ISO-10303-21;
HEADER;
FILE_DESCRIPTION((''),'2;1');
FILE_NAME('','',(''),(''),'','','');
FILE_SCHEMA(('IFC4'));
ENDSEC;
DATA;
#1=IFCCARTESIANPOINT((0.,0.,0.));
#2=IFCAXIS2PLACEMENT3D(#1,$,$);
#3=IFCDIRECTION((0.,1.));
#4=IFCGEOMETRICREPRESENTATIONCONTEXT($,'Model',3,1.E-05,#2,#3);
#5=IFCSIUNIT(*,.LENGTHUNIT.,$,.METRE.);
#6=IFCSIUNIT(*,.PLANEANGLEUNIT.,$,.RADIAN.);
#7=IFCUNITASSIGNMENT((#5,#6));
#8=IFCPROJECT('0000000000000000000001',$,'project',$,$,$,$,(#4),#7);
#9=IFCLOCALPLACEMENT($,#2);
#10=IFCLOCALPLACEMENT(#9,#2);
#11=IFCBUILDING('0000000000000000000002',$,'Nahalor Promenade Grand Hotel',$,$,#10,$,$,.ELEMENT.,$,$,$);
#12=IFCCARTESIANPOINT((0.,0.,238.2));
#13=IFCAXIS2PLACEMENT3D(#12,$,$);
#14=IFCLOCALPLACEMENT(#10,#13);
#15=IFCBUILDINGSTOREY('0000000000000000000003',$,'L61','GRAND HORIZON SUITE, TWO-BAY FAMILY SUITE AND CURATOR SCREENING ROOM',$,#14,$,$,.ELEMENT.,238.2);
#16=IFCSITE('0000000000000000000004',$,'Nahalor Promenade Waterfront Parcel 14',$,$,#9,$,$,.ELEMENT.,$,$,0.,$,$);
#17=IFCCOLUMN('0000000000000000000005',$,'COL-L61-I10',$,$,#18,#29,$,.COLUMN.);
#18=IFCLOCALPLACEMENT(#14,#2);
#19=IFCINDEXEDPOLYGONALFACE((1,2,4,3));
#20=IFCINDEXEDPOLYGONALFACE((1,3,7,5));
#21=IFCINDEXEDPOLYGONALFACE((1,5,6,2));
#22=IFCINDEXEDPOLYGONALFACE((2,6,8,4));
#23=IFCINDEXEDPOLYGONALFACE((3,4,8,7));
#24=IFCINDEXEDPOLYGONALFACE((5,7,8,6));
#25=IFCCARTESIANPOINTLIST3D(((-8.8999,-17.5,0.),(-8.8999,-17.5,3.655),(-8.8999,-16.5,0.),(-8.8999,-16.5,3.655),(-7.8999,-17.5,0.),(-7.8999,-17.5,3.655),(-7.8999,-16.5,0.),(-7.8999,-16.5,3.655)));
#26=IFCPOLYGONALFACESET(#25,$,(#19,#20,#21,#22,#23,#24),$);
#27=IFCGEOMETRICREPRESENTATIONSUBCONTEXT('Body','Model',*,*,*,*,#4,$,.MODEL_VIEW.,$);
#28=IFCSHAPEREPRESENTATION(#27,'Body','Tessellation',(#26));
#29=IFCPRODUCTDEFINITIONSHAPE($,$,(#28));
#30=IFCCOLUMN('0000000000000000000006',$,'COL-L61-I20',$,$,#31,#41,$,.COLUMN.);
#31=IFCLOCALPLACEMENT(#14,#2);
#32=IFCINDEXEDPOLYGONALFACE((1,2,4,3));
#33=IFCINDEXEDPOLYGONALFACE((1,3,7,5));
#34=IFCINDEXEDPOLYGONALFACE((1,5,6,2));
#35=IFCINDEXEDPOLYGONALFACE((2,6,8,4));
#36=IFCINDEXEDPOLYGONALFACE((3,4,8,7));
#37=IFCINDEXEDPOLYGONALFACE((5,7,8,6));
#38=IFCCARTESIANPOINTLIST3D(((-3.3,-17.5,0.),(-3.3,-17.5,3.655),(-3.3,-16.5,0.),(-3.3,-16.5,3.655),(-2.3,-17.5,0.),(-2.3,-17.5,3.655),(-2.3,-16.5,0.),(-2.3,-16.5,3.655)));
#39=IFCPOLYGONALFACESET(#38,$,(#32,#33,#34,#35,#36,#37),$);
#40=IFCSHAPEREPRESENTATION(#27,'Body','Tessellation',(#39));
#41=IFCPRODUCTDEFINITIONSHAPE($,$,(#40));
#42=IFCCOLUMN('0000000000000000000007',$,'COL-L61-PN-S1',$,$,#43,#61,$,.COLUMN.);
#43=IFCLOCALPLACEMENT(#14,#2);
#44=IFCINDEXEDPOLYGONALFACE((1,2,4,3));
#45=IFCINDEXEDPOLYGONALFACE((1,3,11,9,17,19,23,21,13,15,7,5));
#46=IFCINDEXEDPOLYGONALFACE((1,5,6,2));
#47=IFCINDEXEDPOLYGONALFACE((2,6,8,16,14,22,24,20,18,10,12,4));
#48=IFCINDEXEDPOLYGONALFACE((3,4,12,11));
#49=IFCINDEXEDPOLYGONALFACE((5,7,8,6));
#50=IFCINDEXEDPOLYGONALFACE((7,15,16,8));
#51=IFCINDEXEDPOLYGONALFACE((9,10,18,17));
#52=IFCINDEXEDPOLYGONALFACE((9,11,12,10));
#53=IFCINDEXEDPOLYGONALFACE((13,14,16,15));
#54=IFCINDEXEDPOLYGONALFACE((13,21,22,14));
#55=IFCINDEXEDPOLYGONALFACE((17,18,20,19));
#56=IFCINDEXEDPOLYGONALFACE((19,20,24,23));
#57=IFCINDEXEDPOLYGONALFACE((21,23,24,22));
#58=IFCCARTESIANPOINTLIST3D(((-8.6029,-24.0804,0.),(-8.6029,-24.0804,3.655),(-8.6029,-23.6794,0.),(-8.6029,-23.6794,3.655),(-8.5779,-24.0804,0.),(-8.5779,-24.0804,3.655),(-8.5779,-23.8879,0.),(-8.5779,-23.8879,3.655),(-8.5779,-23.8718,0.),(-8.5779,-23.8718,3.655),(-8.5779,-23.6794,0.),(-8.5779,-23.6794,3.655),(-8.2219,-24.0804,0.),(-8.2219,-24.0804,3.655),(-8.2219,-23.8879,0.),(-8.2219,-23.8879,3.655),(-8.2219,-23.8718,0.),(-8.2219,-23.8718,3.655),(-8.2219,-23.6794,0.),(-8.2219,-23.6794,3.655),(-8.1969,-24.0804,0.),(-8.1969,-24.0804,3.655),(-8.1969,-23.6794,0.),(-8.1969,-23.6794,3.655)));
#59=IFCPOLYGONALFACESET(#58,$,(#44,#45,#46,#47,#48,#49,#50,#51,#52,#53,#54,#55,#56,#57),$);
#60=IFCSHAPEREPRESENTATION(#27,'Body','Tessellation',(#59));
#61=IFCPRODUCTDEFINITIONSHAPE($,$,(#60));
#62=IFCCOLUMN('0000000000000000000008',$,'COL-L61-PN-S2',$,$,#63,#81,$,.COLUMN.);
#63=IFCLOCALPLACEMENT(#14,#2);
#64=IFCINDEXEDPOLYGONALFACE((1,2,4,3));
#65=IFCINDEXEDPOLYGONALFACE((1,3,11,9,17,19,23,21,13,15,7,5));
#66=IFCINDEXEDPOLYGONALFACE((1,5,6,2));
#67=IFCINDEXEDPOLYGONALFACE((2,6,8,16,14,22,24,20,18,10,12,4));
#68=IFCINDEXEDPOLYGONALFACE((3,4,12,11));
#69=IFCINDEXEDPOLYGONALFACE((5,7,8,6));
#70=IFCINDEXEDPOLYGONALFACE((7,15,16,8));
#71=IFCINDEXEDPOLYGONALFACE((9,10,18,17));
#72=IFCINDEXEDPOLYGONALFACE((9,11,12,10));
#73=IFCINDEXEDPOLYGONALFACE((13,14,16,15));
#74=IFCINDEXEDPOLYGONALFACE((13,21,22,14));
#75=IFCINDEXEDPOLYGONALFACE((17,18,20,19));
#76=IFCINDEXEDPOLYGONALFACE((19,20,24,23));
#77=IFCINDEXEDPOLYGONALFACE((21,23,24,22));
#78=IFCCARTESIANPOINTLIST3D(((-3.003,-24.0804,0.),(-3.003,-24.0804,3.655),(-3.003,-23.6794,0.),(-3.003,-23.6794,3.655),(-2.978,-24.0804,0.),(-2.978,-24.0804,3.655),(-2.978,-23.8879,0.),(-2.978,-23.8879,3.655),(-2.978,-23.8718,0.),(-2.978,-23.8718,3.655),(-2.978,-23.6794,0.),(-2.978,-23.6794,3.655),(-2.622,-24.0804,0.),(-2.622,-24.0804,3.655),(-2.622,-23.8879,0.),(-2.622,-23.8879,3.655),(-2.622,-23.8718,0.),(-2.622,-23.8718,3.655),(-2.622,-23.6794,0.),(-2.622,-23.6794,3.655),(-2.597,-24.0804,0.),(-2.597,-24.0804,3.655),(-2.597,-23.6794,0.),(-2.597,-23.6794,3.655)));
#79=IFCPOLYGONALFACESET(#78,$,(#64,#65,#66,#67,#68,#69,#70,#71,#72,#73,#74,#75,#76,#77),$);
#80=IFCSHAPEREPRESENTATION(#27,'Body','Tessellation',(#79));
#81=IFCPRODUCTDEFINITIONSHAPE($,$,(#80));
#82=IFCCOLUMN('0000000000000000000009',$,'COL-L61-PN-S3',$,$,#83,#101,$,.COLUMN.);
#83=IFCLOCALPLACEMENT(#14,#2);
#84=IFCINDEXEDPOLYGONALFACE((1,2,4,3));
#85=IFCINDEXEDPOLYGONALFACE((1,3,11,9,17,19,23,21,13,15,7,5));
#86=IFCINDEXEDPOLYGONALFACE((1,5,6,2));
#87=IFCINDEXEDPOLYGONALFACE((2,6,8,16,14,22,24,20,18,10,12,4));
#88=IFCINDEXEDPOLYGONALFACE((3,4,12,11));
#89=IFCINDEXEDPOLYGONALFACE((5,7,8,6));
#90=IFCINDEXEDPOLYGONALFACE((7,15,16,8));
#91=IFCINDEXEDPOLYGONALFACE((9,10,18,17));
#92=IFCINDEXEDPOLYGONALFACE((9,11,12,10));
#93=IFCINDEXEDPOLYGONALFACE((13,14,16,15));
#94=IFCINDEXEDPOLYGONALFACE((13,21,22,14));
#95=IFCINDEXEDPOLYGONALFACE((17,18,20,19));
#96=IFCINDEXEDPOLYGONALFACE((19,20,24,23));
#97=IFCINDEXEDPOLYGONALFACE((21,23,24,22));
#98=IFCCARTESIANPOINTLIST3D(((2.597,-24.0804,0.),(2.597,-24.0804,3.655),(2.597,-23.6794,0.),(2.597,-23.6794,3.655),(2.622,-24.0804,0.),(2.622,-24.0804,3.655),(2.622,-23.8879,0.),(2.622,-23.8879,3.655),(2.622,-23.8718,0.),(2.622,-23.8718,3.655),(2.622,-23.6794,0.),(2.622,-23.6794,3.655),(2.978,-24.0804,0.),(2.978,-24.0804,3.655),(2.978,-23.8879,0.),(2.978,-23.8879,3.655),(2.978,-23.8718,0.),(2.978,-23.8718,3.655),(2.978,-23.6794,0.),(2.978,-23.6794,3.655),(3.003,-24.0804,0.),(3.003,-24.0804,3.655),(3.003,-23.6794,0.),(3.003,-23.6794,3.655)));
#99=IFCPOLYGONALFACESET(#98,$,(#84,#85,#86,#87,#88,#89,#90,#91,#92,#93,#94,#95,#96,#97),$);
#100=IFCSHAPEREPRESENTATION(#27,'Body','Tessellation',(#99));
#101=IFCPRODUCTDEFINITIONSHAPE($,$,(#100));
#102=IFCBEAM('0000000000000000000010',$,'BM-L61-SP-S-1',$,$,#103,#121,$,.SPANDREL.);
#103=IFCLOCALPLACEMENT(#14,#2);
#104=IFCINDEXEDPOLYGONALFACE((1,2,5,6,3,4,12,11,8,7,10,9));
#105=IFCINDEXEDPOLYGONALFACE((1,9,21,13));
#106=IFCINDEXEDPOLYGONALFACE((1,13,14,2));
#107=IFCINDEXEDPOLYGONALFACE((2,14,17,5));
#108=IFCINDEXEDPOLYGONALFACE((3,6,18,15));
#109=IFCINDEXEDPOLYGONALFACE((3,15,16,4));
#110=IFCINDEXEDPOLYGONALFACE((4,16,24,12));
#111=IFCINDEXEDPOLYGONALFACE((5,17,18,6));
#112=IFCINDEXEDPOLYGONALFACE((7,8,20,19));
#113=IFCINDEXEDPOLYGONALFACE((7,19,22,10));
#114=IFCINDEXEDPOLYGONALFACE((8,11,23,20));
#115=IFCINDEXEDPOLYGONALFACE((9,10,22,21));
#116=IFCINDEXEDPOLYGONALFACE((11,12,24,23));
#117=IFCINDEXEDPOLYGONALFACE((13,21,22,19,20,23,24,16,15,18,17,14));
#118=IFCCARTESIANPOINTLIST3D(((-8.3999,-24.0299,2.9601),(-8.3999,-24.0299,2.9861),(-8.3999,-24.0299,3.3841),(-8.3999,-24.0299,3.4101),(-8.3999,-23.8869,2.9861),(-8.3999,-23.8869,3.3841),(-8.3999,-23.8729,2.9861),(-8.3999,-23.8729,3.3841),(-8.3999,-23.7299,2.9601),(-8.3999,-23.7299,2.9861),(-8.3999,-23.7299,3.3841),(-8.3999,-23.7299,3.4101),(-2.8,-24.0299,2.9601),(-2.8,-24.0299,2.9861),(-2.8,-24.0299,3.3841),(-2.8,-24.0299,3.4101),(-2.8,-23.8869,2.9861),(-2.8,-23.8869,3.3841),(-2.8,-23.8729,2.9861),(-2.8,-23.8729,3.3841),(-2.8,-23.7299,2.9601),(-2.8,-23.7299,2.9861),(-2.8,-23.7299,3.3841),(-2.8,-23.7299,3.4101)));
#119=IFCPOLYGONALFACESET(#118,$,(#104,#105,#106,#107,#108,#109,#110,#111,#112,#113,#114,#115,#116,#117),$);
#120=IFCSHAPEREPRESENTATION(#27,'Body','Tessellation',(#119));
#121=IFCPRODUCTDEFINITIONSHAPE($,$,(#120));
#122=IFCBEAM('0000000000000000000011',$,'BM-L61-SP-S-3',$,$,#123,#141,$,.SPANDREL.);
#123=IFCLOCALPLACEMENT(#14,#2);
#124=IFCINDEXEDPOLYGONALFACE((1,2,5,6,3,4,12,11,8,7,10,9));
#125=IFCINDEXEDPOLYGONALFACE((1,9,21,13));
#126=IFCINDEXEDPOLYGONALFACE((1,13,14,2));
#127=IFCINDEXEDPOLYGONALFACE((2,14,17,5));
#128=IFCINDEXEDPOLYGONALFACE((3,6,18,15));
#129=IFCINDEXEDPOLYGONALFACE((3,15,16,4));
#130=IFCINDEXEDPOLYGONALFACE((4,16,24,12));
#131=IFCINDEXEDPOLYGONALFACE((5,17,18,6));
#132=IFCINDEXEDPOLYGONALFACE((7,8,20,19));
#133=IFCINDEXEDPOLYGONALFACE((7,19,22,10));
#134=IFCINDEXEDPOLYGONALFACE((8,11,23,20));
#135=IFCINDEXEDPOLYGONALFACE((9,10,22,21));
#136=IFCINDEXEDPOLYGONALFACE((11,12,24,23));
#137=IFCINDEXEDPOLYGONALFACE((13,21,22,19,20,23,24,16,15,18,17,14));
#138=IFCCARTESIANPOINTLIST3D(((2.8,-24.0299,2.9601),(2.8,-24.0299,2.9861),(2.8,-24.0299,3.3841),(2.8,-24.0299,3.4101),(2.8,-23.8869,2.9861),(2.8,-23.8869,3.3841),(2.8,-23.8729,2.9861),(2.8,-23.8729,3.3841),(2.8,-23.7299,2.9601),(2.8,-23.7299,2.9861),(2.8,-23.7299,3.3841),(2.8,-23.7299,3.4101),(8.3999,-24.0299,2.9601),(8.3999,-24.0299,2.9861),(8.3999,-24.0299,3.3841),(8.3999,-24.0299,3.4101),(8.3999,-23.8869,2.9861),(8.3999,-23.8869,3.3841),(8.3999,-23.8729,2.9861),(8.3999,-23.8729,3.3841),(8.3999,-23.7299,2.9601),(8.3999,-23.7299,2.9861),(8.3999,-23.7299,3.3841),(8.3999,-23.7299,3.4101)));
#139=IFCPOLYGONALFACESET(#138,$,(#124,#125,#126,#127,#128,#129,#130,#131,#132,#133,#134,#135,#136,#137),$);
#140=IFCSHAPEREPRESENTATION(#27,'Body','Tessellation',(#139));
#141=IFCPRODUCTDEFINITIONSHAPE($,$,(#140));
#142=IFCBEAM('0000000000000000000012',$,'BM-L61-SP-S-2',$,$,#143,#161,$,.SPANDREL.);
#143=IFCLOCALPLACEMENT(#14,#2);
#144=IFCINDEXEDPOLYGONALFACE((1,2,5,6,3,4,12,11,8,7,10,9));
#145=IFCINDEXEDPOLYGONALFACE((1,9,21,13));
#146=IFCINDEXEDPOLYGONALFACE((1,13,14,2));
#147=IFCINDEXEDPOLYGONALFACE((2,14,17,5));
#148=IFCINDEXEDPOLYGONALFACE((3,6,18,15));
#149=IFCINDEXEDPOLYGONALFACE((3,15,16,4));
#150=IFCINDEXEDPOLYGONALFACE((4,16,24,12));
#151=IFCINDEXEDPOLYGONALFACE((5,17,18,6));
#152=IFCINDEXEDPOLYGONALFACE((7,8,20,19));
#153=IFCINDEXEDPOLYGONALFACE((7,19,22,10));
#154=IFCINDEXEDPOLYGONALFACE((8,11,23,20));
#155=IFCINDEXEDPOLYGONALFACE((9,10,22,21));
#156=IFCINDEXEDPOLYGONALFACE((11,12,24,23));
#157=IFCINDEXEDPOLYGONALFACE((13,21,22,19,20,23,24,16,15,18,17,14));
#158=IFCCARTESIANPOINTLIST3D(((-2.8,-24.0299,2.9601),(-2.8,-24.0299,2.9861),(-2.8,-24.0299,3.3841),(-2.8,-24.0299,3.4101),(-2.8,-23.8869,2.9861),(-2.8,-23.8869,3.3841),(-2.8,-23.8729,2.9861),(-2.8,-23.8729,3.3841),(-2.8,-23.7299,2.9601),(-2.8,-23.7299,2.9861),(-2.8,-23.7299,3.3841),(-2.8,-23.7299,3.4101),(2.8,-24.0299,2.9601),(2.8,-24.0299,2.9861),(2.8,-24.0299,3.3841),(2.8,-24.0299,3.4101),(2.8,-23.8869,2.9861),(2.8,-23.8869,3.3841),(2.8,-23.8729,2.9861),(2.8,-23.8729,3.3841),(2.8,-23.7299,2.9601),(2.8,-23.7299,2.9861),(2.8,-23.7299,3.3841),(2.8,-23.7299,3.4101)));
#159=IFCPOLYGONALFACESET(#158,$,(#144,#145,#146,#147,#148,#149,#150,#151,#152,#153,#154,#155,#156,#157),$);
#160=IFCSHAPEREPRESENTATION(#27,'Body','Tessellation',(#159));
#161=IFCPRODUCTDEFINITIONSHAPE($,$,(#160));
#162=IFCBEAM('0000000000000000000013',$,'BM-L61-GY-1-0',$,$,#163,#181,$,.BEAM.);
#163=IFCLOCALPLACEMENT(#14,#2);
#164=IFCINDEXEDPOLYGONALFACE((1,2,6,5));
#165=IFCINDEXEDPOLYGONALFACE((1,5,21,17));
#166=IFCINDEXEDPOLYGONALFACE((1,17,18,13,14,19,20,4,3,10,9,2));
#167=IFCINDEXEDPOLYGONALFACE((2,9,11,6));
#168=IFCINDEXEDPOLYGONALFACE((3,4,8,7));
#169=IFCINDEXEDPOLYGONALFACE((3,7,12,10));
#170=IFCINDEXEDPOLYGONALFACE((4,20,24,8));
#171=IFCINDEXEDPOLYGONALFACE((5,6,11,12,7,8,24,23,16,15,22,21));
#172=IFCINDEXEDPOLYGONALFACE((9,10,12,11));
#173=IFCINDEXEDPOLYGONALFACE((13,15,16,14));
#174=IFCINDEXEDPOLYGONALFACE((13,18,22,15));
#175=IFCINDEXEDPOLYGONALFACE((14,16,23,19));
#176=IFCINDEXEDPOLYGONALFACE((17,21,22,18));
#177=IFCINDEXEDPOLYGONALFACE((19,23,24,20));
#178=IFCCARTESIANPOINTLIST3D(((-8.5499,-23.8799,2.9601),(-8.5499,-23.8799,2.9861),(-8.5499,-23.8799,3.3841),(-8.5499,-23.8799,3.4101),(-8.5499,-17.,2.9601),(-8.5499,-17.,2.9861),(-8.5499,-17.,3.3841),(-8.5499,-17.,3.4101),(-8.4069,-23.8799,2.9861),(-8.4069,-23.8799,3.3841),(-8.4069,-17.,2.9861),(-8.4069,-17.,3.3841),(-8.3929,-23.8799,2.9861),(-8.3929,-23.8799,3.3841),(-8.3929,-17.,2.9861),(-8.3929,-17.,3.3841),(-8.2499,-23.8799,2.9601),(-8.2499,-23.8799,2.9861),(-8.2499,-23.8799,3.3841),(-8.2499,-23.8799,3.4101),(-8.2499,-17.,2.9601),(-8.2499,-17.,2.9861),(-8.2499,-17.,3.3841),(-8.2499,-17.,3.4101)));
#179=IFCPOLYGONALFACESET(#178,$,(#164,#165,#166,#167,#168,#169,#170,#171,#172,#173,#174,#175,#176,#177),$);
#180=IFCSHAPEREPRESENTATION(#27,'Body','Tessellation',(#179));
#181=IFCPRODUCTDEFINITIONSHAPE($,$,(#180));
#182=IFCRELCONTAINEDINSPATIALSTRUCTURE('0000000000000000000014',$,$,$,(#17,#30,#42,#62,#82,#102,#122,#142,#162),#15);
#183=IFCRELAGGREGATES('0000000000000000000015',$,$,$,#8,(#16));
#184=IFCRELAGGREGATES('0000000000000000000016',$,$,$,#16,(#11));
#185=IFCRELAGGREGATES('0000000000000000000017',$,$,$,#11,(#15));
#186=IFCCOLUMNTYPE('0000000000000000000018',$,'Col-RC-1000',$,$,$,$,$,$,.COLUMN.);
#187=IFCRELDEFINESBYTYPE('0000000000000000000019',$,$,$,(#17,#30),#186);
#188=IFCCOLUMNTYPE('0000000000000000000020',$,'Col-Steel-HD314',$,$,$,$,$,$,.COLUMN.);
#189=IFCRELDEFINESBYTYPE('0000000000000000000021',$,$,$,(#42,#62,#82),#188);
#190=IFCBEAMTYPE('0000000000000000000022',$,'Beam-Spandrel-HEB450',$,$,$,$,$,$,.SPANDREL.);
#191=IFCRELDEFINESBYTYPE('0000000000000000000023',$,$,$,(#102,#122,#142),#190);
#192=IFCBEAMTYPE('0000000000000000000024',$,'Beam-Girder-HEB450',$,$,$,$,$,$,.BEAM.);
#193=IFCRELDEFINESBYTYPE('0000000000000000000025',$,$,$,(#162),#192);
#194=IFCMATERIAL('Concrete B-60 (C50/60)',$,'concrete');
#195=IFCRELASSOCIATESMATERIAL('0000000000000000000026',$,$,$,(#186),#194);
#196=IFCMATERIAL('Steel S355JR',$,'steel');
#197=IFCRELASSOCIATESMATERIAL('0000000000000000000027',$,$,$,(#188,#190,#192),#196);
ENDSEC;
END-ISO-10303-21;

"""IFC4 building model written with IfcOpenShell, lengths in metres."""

from ifc_helpers import new_model, si_unit, direction, frame, origin, origin_2d, place, context, subcontext, project, spatial, rectangle, i_section, extrude, source, transform, mapped, material, material_profile, profile_set, type_object, element, save


model = new_model("IFC4")

# Units and contexts
model_context = context("Model", 3, precision=1e-05, world=origin(), true_north=direction((0.0, 1.0)))
body_context = subcontext(model_context, "Body", "Model", "MODEL_VIEW")
ifc_project = project(units=[si_unit("LENGTHUNIT", "METRE"), si_unit("PLANEANGLEUNIT", "RADIAN")], contexts=[model_context])

# Site, building, storey
site_placement = place(None, origin())
site = spatial("IfcSite", under=ifc_project, at=site_placement, Name="Nahalor Promenade Waterfront Parcel 14", CompositionType="ELEMENT", RefElevation=0.0)
building_placement = place(site_placement, origin())
building = spatial("IfcBuilding", under=site, at=building_placement, Name="Nahalor Promenade Grand Hotel", CompositionType="ELEMENT")
storey_placement = place(building_placement, frame((0.0, 0.0, 238.2)))
storey = spatial("IfcBuildingStorey", under=building, at=storey_placement, Name="L61", Description="GRAND HORIZON SUITE, TWO-BAY FAMILY SUITE AND CURATOR SCREENING ROOM", CompositionType="ELEMENT", Elevation=238.2)

# Columns
ifc_material_1 = material(Name="Concrete B-60 (C50/60)", Category="concrete")
ifc_material_profile_1 = material_profile(ifc_material_1, rectangle(XDim=1.0, YDim=1.0, at=origin_2d()), Name="RC 1000x1000")
ifc_profile_set_1 = profile_set([ifc_material_profile_1], Name="Concrete B-60 (C50/60)")
column_type_1 = type_object("IfcColumnType", Name="Col-RC-1000", PredefinedType="COLUMN", material=ifc_profile_set_1)
shared_shape_1 = source(origin(), body_context, "Body", "SweptSolid", [
    extrude(rectangle(XDim=1.0, YDim=1.0, at=origin_2d()), origin(), (0.0, 0.0, 1.0), 3.655),
])
for number, where, z_axis, x_axis, name in (
    (1, (-8.3999, -17.0, 0.0), (0.0, 0.0, 1.0), (1.0, 0.0, 0.0), "COL-L61-I10"),
    (2, (-2.8, -17.0, 0.0), (0.0, 0.0, 1.0), (1.0, 0.0, 0.0), "COL-L61-I20"),
):
    element("IfcColumn", number, at=place(storey_placement, frame(where, z_axis=z_axis, x_axis=x_axis)), inside=storey, type_object=column_type_1, Name=name, PredefinedType="COLUMN", context=body_context, shape_type="MappedRepresentation", body=[
        mapped(shared_shape_1, transform((0.0, 0.0, 0.0), scale=1.0)),
    ])
ifc_material_2 = material(Name="Steel S355JR", Category="steel")
ifc_material_profile_2 = material_profile(ifc_material_2, i_section(OverallWidth=0.401, OverallDepth=0.406, WebThickness=0.0161, FlangeThickness=0.025, at=origin_2d()), Name="HD 400x314")
ifc_profile_set_2 = profile_set([ifc_material_profile_2], Name="Steel S355JR")
column_type_2 = type_object("IfcColumnType", Name="Col-Steel-HD314", PredefinedType="COLUMN", material=ifc_profile_set_2)
shared_shape_2 = source(origin(), body_context, "Body", "SweptSolid", [
    extrude(i_section(OverallWidth=0.401, OverallDepth=0.406, WebThickness=0.0161, FlangeThickness=0.025, at=origin_2d()), origin(), (0.0, 0.0, 1.0), 3.655),
])
for number, where, z_axis, x_axis, name in (
    (3, (-8.3999, -23.8799, 0.0), (0.0, 0.0, 1.0), (0.0, 1.0, 0.0), "COL-L61-PN-S1"),
    (4, (-2.8, -23.8799, 0.0), (0.0, 0.0, 1.0), (0.0, 1.0, 0.0), "COL-L61-PN-S2"),
    (5, (2.8, -23.8799, 0.0), (0.0, 0.0, 1.0), (0.0, 1.0, 0.0), "COL-L61-PN-S3"),
):
    element("IfcColumn", number, at=place(storey_placement, frame(where, z_axis=z_axis, x_axis=x_axis)), inside=storey, type_object=column_type_2, Name=name, PredefinedType="COLUMN", context=body_context, shape_type="MappedRepresentation", body=[
        mapped(shared_shape_2, transform((0.0, 0.0, 0.0), scale=1.0)),
    ])

# Beams
ifc_material_profile_3 = material_profile(ifc_material_2, i_section(OverallWidth=0.3, OverallDepth=0.45, WebThickness=0.014, FlangeThickness=0.026, at=origin_2d()), Name="HEB 450")
ifc_profile_set_3 = profile_set([ifc_material_profile_3], Name="Steel S355JR")
beam_type_1 = type_object("IfcBeamType", Name="Beam-Spandrel-HEB450", PredefinedType="SPANDREL", material=ifc_profile_set_3)
shared_shape_3 = source(origin(), body_context, "Body", "SweptSolid", [
    extrude(i_section(OverallWidth=0.3, OverallDepth=0.45, WebThickness=0.014, FlangeThickness=0.026, at=origin_2d()), origin(), (0.0, 0.0, 1.0), 5.5999),
])
for number, where, z_axis, x_axis, name in (
    (6, (-8.3999, -23.8799, 3.1851), (1.0, 0.0, 0.0), (0.0, 1.0, 0.0), "BM-L61-SP-S-1"),
    (7, (2.8, -23.8799, 3.1851), (1.0, 0.0, 0.0), (0.0, 1.0, 0.0), "BM-L61-SP-S-3"),
):
    element("IfcBeam", number, at=place(storey_placement, frame(where, z_axis=z_axis, x_axis=x_axis)), inside=storey, type_object=beam_type_1, Name=name, PredefinedType="SPANDREL", context=body_context, shape_type="MappedRepresentation", body=[
        mapped(shared_shape_3, transform((0.0, 0.0, 0.0), scale=1.0)),
    ])
shared_shape_4 = source(origin(), body_context, "Body", "SweptSolid", [
    extrude(i_section(OverallWidth=0.3, OverallDepth=0.45, WebThickness=0.014, FlangeThickness=0.026, at=origin_2d()), origin(), (0.0, 0.0, 1.0), 5.6001),
])
beam_1_placement = place(storey_placement, frame((-2.8, -23.8799, 3.1851), z_axis=(1.0, 0.0, 0.0), x_axis=(0.0, 1.0, 0.0)))
element("IfcBeam", 8, at=beam_1_placement, inside=storey, type_object=beam_type_1, Name="BM-L61-SP-S-2", PredefinedType="SPANDREL", context=body_context, shape_type="MappedRepresentation", body=[
    mapped(shared_shape_4, transform((0.0, 0.0, 0.0), scale=1.0)),
])
ifc_material_profile_4 = material_profile(ifc_material_2, i_section(OverallWidth=0.3, OverallDepth=0.45, WebThickness=0.014, FlangeThickness=0.026, at=origin_2d()), Name="HEB 450")
ifc_profile_set_4 = profile_set([ifc_material_profile_4], Name="Steel S355JR")
beam_type_2 = type_object("IfcBeamType", Name="Beam-Girder-HEB450", PredefinedType="BEAM", material=ifc_profile_set_4)
shared_shape_5 = source(origin(), body_context, "Body", "SweptSolid", [
    extrude(i_section(OverallWidth=0.3, OverallDepth=0.45, WebThickness=0.014, FlangeThickness=0.026, at=origin_2d()), origin(), (0.0, 0.0, 1.0), 6.8799),
])
for number, where, z_axis, x_axis, name in (
    (9, (-8.3999, -23.8799, 3.1851), (0.0, 1.0, 0.0), (-1.0, 0.0, 0.0), "BM-L61-GY-1-0"),
):
    element("IfcBeam", number, at=place(storey_placement, frame(where, z_axis=z_axis, x_axis=x_axis)), inside=storey, type_object=beam_type_2, Name=name, PredefinedType="BEAM", context=body_context, shape_type="MappedRepresentation", body=[
        mapped(shared_shape_5, transform((0.0, 0.0, 0.0), scale=1.0)),
    ])

save(model, "model.ifc")
